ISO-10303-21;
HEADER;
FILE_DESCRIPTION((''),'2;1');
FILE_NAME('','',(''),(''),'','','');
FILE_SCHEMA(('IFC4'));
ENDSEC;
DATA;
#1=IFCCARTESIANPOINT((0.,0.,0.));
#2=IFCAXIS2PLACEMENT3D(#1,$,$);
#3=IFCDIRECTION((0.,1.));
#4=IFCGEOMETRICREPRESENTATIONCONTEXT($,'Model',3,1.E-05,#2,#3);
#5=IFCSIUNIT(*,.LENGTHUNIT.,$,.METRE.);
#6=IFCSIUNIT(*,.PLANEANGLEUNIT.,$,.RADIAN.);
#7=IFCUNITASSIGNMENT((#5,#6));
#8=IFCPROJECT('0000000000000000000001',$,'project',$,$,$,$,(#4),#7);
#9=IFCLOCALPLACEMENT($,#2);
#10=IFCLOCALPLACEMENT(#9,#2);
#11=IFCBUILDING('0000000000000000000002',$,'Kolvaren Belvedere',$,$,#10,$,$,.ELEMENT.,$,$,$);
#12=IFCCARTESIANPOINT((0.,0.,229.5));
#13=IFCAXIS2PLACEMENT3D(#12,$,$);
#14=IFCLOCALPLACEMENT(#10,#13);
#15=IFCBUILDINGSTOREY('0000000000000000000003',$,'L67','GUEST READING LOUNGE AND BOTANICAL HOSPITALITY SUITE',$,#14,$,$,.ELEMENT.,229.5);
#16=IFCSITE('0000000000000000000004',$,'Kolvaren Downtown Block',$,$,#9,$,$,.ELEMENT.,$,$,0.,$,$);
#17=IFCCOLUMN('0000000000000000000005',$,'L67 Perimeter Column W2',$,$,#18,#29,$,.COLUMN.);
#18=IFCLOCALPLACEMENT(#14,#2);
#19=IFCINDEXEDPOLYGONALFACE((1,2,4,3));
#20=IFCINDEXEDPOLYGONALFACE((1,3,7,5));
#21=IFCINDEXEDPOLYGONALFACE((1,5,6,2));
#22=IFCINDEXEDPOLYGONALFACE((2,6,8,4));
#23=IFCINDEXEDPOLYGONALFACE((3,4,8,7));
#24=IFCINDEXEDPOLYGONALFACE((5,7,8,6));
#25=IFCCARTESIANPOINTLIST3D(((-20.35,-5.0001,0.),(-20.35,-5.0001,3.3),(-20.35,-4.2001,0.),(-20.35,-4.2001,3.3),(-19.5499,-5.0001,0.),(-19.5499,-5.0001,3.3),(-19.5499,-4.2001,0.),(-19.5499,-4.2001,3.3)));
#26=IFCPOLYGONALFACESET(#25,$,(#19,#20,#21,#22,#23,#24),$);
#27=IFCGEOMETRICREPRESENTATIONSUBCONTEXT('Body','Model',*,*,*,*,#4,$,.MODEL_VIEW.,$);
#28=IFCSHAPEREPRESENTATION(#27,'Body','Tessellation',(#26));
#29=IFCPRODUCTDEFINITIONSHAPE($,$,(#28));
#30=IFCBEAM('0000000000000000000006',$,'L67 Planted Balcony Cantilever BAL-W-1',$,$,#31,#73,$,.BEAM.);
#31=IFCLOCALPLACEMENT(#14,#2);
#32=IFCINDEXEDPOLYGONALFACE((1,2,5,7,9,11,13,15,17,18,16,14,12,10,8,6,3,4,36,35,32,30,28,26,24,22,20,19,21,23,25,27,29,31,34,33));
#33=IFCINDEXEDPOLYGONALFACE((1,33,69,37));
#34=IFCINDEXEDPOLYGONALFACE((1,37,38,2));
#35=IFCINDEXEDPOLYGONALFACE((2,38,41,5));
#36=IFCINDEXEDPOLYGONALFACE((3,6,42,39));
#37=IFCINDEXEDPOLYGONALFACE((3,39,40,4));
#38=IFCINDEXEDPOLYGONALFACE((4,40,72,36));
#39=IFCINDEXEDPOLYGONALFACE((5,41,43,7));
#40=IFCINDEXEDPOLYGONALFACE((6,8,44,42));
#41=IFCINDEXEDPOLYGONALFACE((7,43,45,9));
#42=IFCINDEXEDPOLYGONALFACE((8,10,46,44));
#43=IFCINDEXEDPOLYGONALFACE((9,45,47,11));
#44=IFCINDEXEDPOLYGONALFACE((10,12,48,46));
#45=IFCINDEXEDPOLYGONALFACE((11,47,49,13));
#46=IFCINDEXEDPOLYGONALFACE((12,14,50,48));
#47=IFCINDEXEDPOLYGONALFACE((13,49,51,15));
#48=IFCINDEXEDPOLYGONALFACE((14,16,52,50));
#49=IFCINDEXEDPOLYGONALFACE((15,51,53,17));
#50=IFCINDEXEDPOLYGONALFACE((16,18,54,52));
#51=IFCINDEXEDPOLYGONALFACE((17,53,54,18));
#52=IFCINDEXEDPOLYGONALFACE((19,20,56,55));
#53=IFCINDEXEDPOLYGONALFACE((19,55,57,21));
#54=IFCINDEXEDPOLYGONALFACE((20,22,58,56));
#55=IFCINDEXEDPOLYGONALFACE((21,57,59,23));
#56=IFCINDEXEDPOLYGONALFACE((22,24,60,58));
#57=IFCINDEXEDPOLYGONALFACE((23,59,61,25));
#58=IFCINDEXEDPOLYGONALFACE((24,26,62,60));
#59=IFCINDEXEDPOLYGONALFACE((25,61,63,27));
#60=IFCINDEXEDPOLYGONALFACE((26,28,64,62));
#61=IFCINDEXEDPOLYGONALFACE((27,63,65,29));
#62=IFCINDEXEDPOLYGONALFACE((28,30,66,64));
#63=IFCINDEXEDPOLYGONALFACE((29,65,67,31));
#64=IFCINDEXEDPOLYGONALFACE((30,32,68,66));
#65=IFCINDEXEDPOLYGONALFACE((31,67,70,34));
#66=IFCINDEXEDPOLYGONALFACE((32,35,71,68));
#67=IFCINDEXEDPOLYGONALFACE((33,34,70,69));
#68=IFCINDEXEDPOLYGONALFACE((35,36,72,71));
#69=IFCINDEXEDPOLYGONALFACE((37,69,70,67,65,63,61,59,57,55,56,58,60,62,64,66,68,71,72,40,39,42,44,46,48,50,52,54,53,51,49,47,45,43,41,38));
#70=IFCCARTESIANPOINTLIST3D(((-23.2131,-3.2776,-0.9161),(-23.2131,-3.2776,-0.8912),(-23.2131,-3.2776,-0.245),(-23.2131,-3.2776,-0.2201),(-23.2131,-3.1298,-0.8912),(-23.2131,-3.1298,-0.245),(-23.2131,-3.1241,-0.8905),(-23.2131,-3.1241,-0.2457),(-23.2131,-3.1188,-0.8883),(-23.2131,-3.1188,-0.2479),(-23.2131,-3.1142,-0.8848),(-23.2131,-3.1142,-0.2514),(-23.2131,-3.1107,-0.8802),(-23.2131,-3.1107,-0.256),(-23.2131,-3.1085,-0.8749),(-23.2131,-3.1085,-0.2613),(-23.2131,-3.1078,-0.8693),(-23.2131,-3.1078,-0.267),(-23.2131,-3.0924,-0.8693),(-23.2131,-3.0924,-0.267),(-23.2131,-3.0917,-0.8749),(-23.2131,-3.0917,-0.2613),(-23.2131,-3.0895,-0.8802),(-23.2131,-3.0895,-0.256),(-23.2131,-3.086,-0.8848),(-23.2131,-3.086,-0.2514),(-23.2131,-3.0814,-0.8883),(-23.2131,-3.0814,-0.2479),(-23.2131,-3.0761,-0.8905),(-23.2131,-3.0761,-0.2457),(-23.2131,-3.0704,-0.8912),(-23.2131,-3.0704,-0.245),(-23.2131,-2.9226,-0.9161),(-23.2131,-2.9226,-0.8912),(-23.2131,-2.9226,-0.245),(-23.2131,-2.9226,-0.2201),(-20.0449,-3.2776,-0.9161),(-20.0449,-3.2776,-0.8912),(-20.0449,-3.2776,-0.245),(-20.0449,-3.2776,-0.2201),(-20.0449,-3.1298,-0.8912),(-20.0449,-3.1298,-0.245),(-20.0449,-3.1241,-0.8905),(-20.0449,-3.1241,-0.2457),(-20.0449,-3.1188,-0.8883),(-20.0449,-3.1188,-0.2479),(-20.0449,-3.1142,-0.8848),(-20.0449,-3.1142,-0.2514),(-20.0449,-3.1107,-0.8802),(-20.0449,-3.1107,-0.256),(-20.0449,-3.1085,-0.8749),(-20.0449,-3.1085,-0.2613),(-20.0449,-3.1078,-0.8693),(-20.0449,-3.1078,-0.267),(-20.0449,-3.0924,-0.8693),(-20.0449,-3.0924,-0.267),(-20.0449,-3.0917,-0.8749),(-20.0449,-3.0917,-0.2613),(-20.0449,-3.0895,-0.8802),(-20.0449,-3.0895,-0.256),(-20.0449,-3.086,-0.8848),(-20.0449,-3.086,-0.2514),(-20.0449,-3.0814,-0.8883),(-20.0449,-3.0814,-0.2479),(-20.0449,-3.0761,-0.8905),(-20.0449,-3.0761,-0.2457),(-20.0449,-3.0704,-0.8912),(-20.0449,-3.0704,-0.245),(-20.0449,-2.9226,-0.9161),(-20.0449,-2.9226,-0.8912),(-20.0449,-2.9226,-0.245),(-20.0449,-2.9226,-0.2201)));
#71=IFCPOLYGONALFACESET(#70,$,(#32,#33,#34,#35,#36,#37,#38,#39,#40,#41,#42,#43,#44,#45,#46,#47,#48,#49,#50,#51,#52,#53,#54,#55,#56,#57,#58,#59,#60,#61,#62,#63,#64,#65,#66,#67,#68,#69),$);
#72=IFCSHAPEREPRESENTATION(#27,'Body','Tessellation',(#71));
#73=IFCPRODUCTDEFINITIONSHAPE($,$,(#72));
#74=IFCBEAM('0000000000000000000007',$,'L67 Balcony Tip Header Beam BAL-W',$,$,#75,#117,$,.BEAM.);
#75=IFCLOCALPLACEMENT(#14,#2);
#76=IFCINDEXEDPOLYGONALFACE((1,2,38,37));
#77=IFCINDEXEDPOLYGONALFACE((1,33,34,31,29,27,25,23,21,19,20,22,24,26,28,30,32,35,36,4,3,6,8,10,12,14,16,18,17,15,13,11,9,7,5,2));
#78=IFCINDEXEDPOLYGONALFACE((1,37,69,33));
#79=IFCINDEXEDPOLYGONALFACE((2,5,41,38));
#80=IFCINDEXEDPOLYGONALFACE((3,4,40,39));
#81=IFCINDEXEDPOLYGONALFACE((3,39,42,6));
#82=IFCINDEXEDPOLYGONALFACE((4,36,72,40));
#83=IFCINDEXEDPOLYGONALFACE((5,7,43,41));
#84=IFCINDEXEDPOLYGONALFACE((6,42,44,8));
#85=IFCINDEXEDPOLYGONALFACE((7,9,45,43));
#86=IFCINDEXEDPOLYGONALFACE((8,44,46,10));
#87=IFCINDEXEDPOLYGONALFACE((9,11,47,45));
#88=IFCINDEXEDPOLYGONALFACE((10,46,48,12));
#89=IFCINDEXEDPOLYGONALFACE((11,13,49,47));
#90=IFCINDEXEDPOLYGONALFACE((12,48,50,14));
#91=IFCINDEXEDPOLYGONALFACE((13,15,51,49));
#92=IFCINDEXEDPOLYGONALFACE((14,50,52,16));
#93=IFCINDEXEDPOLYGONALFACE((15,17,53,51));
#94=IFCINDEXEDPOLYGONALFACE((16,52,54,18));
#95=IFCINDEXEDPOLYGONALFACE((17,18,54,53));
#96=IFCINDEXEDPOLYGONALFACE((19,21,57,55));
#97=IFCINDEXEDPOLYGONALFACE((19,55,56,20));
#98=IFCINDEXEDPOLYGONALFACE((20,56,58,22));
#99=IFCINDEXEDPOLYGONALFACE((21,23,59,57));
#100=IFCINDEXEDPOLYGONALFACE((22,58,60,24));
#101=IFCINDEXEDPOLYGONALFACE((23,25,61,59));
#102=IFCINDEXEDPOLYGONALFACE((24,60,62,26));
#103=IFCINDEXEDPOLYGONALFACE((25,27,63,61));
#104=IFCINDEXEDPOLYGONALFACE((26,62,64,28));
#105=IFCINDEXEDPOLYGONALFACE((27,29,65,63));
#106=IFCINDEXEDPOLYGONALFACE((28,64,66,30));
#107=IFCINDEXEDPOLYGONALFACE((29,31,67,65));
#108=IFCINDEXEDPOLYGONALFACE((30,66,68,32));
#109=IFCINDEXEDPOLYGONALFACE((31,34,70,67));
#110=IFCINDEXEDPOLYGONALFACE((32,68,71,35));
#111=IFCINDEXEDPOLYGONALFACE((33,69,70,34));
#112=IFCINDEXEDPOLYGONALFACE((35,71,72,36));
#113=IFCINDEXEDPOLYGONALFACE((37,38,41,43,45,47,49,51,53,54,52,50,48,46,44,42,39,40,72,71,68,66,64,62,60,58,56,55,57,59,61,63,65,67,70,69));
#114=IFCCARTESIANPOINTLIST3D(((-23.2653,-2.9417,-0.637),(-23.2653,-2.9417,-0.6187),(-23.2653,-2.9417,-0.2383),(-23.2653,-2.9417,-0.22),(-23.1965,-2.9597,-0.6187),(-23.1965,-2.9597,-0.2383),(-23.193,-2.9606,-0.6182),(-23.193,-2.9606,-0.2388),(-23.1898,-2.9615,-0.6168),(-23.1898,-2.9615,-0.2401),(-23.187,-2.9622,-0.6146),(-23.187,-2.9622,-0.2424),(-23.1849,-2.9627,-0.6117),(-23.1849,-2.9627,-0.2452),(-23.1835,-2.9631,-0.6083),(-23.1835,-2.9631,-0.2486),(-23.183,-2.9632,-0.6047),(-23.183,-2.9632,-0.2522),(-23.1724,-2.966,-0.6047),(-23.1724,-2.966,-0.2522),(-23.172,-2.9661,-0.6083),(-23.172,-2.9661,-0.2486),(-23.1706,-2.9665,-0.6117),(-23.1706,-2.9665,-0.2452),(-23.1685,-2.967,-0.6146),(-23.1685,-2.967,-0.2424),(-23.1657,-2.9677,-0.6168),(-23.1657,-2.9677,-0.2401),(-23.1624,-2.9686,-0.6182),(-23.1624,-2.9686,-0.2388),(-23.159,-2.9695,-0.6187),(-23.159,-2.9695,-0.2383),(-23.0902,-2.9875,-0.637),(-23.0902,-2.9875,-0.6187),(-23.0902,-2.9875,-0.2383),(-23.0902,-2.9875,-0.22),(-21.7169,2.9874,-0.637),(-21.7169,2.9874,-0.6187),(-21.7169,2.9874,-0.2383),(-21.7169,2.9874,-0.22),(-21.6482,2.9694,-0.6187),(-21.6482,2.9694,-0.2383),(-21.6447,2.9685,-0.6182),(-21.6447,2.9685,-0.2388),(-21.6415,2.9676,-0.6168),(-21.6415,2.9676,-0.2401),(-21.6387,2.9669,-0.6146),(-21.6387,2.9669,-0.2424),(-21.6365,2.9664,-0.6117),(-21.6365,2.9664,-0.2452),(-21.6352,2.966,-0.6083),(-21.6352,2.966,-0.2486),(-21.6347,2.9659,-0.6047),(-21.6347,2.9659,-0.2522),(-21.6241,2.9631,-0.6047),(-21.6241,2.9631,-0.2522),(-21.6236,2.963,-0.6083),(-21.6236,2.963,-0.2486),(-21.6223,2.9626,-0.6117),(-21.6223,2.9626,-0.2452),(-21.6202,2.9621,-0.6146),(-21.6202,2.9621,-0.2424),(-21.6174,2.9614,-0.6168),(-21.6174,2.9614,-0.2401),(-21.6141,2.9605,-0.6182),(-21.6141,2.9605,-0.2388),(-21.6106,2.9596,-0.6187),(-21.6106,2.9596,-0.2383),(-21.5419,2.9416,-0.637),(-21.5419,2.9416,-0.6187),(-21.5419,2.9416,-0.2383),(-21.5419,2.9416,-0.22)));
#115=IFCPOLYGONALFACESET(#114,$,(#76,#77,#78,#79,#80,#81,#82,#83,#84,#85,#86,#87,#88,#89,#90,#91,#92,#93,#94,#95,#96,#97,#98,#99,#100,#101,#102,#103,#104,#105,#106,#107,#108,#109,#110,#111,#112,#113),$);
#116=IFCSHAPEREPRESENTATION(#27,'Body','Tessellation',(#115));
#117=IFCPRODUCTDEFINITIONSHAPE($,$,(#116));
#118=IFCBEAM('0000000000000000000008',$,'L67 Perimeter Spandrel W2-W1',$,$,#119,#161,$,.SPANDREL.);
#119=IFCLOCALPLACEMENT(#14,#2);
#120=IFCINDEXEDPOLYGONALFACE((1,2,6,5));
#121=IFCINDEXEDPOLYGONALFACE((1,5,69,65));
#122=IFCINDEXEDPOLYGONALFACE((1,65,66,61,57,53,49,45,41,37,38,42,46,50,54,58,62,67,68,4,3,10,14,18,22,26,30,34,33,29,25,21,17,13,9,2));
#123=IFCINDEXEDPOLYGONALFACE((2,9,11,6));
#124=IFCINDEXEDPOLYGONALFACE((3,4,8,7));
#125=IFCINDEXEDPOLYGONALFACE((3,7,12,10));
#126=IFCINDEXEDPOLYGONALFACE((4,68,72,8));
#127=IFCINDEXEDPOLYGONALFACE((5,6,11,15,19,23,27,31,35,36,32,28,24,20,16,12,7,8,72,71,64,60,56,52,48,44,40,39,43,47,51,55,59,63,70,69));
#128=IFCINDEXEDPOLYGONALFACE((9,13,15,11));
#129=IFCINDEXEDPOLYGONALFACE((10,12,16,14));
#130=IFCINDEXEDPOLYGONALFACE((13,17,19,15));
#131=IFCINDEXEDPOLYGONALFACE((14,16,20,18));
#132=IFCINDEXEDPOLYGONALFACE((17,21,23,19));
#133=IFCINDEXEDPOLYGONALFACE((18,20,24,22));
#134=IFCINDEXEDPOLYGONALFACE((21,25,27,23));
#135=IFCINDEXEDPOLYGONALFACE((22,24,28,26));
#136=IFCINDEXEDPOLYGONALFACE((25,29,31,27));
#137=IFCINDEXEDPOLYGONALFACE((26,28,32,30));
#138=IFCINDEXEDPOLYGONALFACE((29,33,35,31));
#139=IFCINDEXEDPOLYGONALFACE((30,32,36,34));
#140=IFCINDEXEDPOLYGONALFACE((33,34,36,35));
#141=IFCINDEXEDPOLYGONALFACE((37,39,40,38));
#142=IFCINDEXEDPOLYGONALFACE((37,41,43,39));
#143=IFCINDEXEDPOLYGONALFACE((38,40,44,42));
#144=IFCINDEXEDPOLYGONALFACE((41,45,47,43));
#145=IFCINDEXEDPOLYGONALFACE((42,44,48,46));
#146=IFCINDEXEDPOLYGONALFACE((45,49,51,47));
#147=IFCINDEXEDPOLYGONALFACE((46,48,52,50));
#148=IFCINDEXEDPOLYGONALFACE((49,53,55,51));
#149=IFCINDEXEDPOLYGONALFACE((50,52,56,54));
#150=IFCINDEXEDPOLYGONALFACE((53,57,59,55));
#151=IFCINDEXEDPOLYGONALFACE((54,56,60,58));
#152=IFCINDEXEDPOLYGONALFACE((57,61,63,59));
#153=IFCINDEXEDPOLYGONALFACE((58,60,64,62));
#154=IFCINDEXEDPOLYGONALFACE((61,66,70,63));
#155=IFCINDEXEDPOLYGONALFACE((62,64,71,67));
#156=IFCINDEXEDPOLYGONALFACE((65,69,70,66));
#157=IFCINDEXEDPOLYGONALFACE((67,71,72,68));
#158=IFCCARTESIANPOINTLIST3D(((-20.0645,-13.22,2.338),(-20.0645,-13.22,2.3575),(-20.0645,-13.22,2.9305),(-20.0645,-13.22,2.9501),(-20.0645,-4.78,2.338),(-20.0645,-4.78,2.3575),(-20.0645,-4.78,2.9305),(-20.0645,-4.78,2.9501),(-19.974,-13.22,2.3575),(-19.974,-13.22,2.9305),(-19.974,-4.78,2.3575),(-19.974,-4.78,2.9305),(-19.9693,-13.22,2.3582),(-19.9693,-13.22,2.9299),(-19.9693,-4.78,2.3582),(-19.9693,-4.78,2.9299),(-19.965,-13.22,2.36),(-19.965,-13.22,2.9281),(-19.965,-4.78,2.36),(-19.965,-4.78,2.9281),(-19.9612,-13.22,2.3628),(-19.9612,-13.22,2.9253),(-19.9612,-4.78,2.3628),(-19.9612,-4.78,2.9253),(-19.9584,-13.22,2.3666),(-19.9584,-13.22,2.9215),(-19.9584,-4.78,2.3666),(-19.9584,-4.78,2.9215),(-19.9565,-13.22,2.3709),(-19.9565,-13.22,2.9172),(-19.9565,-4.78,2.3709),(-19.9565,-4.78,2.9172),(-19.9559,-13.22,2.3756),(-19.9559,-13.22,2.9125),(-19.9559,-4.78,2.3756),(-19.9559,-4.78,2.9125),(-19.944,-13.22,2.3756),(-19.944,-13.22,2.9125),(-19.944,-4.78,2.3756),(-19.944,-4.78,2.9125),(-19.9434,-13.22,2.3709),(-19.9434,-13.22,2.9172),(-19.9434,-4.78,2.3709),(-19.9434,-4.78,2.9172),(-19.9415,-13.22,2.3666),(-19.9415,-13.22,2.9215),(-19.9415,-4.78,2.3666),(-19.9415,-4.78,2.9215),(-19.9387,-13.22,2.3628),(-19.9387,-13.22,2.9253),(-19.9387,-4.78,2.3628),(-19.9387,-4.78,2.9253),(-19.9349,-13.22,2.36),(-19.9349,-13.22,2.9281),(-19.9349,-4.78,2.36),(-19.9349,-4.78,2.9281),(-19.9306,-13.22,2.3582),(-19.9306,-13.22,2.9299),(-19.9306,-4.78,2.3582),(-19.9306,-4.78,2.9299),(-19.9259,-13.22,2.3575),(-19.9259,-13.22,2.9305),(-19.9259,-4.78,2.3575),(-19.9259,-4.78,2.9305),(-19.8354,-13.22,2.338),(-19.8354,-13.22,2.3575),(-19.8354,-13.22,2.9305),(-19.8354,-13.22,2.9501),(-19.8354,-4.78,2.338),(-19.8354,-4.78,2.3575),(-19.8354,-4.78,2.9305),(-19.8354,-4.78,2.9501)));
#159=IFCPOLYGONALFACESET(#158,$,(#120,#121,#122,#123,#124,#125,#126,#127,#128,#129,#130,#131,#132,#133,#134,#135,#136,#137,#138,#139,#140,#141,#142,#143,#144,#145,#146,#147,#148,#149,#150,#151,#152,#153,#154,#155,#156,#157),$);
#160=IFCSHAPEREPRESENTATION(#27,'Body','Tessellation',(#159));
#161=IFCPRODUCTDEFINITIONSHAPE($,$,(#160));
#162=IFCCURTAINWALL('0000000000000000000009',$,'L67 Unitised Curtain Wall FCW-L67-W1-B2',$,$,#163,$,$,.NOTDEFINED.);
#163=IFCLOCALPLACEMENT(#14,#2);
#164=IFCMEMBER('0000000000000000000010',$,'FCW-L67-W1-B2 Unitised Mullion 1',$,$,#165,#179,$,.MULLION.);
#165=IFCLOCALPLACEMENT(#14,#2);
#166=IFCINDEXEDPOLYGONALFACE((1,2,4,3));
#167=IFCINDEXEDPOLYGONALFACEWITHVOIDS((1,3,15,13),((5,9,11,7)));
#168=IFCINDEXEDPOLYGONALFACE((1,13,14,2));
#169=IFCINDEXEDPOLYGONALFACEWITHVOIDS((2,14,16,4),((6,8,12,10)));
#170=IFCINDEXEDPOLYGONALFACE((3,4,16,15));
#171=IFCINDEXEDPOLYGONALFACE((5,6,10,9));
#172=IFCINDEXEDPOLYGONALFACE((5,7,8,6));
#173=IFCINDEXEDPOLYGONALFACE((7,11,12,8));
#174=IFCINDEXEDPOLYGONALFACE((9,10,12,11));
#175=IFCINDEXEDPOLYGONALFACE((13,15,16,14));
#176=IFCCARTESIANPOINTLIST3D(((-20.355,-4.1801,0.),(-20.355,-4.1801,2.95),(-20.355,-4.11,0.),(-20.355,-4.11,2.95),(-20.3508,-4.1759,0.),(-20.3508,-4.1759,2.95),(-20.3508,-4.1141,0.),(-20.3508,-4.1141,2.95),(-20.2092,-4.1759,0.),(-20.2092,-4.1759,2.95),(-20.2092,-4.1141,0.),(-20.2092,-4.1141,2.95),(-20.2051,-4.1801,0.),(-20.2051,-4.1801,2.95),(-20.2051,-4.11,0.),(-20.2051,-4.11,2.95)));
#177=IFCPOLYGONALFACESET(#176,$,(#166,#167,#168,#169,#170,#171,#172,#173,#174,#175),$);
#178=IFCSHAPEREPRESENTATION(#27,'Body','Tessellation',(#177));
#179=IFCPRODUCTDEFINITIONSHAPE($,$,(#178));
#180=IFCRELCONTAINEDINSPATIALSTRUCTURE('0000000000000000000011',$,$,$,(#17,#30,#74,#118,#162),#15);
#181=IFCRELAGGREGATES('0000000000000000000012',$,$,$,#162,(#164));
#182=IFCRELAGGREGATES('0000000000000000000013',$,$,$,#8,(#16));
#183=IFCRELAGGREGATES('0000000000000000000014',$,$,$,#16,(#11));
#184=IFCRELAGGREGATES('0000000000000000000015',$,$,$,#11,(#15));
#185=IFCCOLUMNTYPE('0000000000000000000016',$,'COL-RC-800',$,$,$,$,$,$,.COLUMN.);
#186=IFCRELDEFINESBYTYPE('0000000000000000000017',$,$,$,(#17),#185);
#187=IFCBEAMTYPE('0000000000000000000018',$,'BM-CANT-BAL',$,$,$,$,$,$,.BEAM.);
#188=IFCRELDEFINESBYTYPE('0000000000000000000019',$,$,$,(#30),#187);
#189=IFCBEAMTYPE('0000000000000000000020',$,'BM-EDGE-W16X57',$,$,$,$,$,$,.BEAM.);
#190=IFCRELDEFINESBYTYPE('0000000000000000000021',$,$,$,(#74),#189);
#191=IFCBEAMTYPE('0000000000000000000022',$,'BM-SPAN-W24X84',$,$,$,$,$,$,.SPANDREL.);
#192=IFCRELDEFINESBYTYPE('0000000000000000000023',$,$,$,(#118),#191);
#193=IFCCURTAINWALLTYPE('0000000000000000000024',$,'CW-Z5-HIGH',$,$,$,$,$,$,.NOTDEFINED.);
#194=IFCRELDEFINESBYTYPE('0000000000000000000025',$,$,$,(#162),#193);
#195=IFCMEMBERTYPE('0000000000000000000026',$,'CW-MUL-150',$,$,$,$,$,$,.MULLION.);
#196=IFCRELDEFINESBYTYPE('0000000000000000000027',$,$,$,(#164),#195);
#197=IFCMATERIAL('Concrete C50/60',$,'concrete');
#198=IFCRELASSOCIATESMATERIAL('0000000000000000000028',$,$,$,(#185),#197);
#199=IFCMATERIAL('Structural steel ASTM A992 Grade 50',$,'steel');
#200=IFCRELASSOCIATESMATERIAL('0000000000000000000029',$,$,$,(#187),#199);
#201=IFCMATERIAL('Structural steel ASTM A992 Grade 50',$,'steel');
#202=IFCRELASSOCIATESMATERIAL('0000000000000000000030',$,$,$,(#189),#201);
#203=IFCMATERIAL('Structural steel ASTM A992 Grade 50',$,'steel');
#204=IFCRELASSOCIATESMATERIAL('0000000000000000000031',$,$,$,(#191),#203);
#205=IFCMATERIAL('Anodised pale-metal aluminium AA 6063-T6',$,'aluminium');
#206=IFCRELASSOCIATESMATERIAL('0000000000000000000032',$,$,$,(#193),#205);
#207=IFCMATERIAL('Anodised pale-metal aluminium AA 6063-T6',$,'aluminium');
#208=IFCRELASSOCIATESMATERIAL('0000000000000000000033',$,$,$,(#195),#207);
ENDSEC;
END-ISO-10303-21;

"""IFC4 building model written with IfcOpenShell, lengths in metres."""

from ifc_helpers import new_model, si_unit, direction, frame, origin, origin_2d, place, context, subcontext, project, spatial, rectangle, hollow_rectangle, i_section, extrude, material, material_profile, profile_set, type_object, element, aggregate, save


model = new_model("IFC4")

# Units and contexts
model_context = context("Model", 3, precision=1e-05, world=origin(), true_north=direction((0.0, 1.0)))
body_context = subcontext(model_context, "Body", "Model", "MODEL_VIEW")
ifc_project = project(units=[si_unit("LENGTHUNIT", "METRE"), si_unit("PLANEANGLEUNIT", "RADIAN")], contexts=[model_context])

# Site, building, storey
site_placement = place(None, origin())
site = spatial("IfcSite", under=ifc_project, at=site_placement, Name="Kolvaren Downtown Block", CompositionType="ELEMENT", RefElevation=0.0)
building_placement = place(site_placement, origin())
building = spatial("IfcBuilding", under=site, at=building_placement, Name="Kolvaren Belvedere", CompositionType="ELEMENT")
storey_placement = place(building_placement, frame((0.0, 0.0, 229.5)))
storey = spatial("IfcBuildingStorey", under=building, at=storey_placement, Name="L67", Description="GUEST READING LOUNGE AND BOTANICAL HOSPITALITY SUITE", CompositionType="ELEMENT", Elevation=229.5)

# Column
ifc_material_1 = material(Name="Concrete C50/60", Category="concrete")
ifc_material_profile_1 = material_profile(ifc_material_1, rectangle(XDim=0.8, YDim=0.8, at=origin_2d()), Name="RC 800X800")
ifc_profile_set_1 = profile_set([ifc_material_profile_1], Name="Concrete C50/60")
column_type = type_object("IfcColumnType", Name="COL-RC-800", PredefinedType="COLUMN", material=ifc_profile_set_1)
column_placement = place(storey_placement, frame((-19.95, -4.6001, 0.0), z_axis=(0.0, 0.0, 1.0), x_axis=(1.0, 0.0, 0.0)))
element("IfcColumn", 1, at=column_placement, inside=storey, type_object=column_type, Name="L67 Perimeter Column W2", PredefinedType="COLUMN", context=body_context, shape_type="SweptSolid", body=[
    extrude(rectangle(XDim=0.8, YDim=0.8, at=origin_2d()), origin(), (0.0, 0.0, 1.0), 3.3),
])

# Beams
ifc_material_2 = material(Name="Structural steel ASTM A992 Grade 50", Category="steel")
ifc_material_profile_2 = material_profile(ifc_material_2, i_section(OverallWidth=0.355, OverallDepth=0.696, WebThickness=0.0154, FlangeThickness=0.0249, FilletRadius=0.022, at=origin_2d()), Name="W27X146")
ifc_profile_set_2 = profile_set([ifc_material_profile_2], Name="Structural steel ASTM A992 Grade 50")
beam_type_1 = type_object("IfcBeamType", Name="BM-CANT-BAL", PredefinedType="BEAM", material=ifc_profile_set_2)
beam_1_placement = place(storey_placement, frame((-20.0449, -3.1001, -0.5681), z_axis=(-1.0, 0.0, 0.0), x_axis=(0.0, -1.0, 0.0)))
element("IfcBeam", 2, at=beam_1_placement, inside=storey, type_object=beam_type_1, Name="L67 Planted Balcony Cantilever BAL-W-1", PredefinedType="BEAM", context=body_context, shape_type="SweptSolid", body=[
    extrude(i_section(OverallWidth=0.355, OverallDepth=0.696, WebThickness=0.0154, FlangeThickness=0.0249, FilletRadius=0.022, at=origin_2d()), origin(), (0.0, 0.0, 1.0), 3.1682),
])
ifc_material_3 = material(Name="Structural steel ASTM A992 Grade 50", Category="steel")
ifc_material_profile_3 = material_profile(ifc_material_3, i_section(OverallWidth=0.1809, OverallDepth=0.417, WebThickness=0.011, FlangeThickness=0.0183, FilletRadius=0.0139, at=origin_2d()), Name="W16X57")
ifc_profile_set_3 = profile_set([ifc_material_profile_3], Name="Structural steel ASTM A992 Grade 50")
beam_type_2 = type_object("IfcBeamType", Name="BM-EDGE-W16X57", PredefinedType="BEAM", material=ifc_profile_set_3)
beam_2_placement = place(storey_placement, frame((-23.1777, -2.9646, -0.4285), z_axis=(0.252665, 0.967554, 0.0), x_axis=(-0.967554, 0.252665, 0.0)))
element("IfcBeam", 3, at=beam_2_placement, inside=storey, type_object=beam_type_2, Name="L67 Balcony Tip Header Beam BAL-W", PredefinedType="BEAM", context=body_context, shape_type="SweptSolid", body=[
    extrude(i_section(OverallWidth=0.1809, OverallDepth=0.417, WebThickness=0.011, FlangeThickness=0.0183, FilletRadius=0.0139, at=origin_2d()), origin(), (0.0, 0.0, 1.0), 6.1279),
])
ifc_material_4 = material(Name="Structural steel ASTM A992 Grade 50", Category="steel")
ifc_material_profile_4 = material_profile(ifc_material_4, i_section(OverallWidth=0.229, OverallDepth=0.6121, WebThickness=0.012, FlangeThickness=0.0195, FilletRadius=0.0181, at=origin_2d()), Name="W24X84")
ifc_profile_set_4 = profile_set([ifc_material_profile_4], Name="Structural steel ASTM A992 Grade 50")
beam_type_3 = type_object("IfcBeamType", Name="BM-SPAN-W24X84", PredefinedType="SPANDREL", material=ifc_profile_set_4)
beam_3_placement = place(storey_placement, frame((-19.95, -4.78, 2.644), z_axis=(0.0, -1.0, 0.0), x_axis=(1.0, 0.0, 0.0)))
element("IfcBeam", 4, at=beam_3_placement, inside=storey, type_object=beam_type_3, Name="L67 Perimeter Spandrel W2-W1", PredefinedType="SPANDREL", context=body_context, shape_type="SweptSolid", body=[
    extrude(i_section(OverallWidth=0.229, OverallDepth=0.6121, WebThickness=0.012, FlangeThickness=0.0195, FilletRadius=0.0181, at=origin_2d()), origin(), (0.0, 0.0, 1.0), 8.4399),
])

# Curtain wall, member
ifc_material_5 = material(Name="Anodised pale-metal aluminium AA 6063-T6", Category="aluminium")
curtain_wall_type = type_object("IfcCurtainWallType", Name="CW-Z5-HIGH", PredefinedType="NOTDEFINED", material=ifc_material_5)
curtain_wall_placement = place(storey_placement, origin())
curtain_wall = element("IfcCurtainWall", 5, at=curtain_wall_placement, inside=storey, type_object=curtain_wall_type, Name="L67 Unitised Curtain Wall FCW-L67-W1-B2", PredefinedType="NOTDEFINED")
ifc_material_6 = material(Name="Anodised pale-metal aluminium AA 6063-T6", Category="aluminium")
ifc_material_profile_5 = material_profile(ifc_material_6, hollow_rectangle(XDim=0.0701, YDim=0.1499, WallThickness=0.0042, at=origin_2d()), Name="ALU-MUL-150X70")
ifc_profile_set_5 = profile_set([ifc_material_profile_5], Name="Anodised pale-metal aluminium AA 6063-T6")
member_type_1 = type_object("IfcMemberType", Name="CW-MUL-150", PredefinedType="MULLION", material=ifc_profile_set_5)
member_1_placement = place(storey_placement, frame((-20.28, -4.145, 0.0), z_axis=(0.0, 0.0, 1.0), x_axis=(0.0, 1.0, 0.0)))
member_1 = element("IfcMember", 6, at=member_1_placement, type_object=member_type_1, Name="FCW-L67-W1-B2 Unitised Mullion 1", PredefinedType="MULLION", context=body_context, shape_type="SweptSolid", body=[
    extrude(hollow_rectangle(XDim=0.0701, YDim=0.1499, WallThickness=0.0042, at=origin_2d()), origin(), (0.0, 0.0, 1.0), 2.95),
])
aggregate(curtain_wall, [member_1])

save(model, "model.ifc")
